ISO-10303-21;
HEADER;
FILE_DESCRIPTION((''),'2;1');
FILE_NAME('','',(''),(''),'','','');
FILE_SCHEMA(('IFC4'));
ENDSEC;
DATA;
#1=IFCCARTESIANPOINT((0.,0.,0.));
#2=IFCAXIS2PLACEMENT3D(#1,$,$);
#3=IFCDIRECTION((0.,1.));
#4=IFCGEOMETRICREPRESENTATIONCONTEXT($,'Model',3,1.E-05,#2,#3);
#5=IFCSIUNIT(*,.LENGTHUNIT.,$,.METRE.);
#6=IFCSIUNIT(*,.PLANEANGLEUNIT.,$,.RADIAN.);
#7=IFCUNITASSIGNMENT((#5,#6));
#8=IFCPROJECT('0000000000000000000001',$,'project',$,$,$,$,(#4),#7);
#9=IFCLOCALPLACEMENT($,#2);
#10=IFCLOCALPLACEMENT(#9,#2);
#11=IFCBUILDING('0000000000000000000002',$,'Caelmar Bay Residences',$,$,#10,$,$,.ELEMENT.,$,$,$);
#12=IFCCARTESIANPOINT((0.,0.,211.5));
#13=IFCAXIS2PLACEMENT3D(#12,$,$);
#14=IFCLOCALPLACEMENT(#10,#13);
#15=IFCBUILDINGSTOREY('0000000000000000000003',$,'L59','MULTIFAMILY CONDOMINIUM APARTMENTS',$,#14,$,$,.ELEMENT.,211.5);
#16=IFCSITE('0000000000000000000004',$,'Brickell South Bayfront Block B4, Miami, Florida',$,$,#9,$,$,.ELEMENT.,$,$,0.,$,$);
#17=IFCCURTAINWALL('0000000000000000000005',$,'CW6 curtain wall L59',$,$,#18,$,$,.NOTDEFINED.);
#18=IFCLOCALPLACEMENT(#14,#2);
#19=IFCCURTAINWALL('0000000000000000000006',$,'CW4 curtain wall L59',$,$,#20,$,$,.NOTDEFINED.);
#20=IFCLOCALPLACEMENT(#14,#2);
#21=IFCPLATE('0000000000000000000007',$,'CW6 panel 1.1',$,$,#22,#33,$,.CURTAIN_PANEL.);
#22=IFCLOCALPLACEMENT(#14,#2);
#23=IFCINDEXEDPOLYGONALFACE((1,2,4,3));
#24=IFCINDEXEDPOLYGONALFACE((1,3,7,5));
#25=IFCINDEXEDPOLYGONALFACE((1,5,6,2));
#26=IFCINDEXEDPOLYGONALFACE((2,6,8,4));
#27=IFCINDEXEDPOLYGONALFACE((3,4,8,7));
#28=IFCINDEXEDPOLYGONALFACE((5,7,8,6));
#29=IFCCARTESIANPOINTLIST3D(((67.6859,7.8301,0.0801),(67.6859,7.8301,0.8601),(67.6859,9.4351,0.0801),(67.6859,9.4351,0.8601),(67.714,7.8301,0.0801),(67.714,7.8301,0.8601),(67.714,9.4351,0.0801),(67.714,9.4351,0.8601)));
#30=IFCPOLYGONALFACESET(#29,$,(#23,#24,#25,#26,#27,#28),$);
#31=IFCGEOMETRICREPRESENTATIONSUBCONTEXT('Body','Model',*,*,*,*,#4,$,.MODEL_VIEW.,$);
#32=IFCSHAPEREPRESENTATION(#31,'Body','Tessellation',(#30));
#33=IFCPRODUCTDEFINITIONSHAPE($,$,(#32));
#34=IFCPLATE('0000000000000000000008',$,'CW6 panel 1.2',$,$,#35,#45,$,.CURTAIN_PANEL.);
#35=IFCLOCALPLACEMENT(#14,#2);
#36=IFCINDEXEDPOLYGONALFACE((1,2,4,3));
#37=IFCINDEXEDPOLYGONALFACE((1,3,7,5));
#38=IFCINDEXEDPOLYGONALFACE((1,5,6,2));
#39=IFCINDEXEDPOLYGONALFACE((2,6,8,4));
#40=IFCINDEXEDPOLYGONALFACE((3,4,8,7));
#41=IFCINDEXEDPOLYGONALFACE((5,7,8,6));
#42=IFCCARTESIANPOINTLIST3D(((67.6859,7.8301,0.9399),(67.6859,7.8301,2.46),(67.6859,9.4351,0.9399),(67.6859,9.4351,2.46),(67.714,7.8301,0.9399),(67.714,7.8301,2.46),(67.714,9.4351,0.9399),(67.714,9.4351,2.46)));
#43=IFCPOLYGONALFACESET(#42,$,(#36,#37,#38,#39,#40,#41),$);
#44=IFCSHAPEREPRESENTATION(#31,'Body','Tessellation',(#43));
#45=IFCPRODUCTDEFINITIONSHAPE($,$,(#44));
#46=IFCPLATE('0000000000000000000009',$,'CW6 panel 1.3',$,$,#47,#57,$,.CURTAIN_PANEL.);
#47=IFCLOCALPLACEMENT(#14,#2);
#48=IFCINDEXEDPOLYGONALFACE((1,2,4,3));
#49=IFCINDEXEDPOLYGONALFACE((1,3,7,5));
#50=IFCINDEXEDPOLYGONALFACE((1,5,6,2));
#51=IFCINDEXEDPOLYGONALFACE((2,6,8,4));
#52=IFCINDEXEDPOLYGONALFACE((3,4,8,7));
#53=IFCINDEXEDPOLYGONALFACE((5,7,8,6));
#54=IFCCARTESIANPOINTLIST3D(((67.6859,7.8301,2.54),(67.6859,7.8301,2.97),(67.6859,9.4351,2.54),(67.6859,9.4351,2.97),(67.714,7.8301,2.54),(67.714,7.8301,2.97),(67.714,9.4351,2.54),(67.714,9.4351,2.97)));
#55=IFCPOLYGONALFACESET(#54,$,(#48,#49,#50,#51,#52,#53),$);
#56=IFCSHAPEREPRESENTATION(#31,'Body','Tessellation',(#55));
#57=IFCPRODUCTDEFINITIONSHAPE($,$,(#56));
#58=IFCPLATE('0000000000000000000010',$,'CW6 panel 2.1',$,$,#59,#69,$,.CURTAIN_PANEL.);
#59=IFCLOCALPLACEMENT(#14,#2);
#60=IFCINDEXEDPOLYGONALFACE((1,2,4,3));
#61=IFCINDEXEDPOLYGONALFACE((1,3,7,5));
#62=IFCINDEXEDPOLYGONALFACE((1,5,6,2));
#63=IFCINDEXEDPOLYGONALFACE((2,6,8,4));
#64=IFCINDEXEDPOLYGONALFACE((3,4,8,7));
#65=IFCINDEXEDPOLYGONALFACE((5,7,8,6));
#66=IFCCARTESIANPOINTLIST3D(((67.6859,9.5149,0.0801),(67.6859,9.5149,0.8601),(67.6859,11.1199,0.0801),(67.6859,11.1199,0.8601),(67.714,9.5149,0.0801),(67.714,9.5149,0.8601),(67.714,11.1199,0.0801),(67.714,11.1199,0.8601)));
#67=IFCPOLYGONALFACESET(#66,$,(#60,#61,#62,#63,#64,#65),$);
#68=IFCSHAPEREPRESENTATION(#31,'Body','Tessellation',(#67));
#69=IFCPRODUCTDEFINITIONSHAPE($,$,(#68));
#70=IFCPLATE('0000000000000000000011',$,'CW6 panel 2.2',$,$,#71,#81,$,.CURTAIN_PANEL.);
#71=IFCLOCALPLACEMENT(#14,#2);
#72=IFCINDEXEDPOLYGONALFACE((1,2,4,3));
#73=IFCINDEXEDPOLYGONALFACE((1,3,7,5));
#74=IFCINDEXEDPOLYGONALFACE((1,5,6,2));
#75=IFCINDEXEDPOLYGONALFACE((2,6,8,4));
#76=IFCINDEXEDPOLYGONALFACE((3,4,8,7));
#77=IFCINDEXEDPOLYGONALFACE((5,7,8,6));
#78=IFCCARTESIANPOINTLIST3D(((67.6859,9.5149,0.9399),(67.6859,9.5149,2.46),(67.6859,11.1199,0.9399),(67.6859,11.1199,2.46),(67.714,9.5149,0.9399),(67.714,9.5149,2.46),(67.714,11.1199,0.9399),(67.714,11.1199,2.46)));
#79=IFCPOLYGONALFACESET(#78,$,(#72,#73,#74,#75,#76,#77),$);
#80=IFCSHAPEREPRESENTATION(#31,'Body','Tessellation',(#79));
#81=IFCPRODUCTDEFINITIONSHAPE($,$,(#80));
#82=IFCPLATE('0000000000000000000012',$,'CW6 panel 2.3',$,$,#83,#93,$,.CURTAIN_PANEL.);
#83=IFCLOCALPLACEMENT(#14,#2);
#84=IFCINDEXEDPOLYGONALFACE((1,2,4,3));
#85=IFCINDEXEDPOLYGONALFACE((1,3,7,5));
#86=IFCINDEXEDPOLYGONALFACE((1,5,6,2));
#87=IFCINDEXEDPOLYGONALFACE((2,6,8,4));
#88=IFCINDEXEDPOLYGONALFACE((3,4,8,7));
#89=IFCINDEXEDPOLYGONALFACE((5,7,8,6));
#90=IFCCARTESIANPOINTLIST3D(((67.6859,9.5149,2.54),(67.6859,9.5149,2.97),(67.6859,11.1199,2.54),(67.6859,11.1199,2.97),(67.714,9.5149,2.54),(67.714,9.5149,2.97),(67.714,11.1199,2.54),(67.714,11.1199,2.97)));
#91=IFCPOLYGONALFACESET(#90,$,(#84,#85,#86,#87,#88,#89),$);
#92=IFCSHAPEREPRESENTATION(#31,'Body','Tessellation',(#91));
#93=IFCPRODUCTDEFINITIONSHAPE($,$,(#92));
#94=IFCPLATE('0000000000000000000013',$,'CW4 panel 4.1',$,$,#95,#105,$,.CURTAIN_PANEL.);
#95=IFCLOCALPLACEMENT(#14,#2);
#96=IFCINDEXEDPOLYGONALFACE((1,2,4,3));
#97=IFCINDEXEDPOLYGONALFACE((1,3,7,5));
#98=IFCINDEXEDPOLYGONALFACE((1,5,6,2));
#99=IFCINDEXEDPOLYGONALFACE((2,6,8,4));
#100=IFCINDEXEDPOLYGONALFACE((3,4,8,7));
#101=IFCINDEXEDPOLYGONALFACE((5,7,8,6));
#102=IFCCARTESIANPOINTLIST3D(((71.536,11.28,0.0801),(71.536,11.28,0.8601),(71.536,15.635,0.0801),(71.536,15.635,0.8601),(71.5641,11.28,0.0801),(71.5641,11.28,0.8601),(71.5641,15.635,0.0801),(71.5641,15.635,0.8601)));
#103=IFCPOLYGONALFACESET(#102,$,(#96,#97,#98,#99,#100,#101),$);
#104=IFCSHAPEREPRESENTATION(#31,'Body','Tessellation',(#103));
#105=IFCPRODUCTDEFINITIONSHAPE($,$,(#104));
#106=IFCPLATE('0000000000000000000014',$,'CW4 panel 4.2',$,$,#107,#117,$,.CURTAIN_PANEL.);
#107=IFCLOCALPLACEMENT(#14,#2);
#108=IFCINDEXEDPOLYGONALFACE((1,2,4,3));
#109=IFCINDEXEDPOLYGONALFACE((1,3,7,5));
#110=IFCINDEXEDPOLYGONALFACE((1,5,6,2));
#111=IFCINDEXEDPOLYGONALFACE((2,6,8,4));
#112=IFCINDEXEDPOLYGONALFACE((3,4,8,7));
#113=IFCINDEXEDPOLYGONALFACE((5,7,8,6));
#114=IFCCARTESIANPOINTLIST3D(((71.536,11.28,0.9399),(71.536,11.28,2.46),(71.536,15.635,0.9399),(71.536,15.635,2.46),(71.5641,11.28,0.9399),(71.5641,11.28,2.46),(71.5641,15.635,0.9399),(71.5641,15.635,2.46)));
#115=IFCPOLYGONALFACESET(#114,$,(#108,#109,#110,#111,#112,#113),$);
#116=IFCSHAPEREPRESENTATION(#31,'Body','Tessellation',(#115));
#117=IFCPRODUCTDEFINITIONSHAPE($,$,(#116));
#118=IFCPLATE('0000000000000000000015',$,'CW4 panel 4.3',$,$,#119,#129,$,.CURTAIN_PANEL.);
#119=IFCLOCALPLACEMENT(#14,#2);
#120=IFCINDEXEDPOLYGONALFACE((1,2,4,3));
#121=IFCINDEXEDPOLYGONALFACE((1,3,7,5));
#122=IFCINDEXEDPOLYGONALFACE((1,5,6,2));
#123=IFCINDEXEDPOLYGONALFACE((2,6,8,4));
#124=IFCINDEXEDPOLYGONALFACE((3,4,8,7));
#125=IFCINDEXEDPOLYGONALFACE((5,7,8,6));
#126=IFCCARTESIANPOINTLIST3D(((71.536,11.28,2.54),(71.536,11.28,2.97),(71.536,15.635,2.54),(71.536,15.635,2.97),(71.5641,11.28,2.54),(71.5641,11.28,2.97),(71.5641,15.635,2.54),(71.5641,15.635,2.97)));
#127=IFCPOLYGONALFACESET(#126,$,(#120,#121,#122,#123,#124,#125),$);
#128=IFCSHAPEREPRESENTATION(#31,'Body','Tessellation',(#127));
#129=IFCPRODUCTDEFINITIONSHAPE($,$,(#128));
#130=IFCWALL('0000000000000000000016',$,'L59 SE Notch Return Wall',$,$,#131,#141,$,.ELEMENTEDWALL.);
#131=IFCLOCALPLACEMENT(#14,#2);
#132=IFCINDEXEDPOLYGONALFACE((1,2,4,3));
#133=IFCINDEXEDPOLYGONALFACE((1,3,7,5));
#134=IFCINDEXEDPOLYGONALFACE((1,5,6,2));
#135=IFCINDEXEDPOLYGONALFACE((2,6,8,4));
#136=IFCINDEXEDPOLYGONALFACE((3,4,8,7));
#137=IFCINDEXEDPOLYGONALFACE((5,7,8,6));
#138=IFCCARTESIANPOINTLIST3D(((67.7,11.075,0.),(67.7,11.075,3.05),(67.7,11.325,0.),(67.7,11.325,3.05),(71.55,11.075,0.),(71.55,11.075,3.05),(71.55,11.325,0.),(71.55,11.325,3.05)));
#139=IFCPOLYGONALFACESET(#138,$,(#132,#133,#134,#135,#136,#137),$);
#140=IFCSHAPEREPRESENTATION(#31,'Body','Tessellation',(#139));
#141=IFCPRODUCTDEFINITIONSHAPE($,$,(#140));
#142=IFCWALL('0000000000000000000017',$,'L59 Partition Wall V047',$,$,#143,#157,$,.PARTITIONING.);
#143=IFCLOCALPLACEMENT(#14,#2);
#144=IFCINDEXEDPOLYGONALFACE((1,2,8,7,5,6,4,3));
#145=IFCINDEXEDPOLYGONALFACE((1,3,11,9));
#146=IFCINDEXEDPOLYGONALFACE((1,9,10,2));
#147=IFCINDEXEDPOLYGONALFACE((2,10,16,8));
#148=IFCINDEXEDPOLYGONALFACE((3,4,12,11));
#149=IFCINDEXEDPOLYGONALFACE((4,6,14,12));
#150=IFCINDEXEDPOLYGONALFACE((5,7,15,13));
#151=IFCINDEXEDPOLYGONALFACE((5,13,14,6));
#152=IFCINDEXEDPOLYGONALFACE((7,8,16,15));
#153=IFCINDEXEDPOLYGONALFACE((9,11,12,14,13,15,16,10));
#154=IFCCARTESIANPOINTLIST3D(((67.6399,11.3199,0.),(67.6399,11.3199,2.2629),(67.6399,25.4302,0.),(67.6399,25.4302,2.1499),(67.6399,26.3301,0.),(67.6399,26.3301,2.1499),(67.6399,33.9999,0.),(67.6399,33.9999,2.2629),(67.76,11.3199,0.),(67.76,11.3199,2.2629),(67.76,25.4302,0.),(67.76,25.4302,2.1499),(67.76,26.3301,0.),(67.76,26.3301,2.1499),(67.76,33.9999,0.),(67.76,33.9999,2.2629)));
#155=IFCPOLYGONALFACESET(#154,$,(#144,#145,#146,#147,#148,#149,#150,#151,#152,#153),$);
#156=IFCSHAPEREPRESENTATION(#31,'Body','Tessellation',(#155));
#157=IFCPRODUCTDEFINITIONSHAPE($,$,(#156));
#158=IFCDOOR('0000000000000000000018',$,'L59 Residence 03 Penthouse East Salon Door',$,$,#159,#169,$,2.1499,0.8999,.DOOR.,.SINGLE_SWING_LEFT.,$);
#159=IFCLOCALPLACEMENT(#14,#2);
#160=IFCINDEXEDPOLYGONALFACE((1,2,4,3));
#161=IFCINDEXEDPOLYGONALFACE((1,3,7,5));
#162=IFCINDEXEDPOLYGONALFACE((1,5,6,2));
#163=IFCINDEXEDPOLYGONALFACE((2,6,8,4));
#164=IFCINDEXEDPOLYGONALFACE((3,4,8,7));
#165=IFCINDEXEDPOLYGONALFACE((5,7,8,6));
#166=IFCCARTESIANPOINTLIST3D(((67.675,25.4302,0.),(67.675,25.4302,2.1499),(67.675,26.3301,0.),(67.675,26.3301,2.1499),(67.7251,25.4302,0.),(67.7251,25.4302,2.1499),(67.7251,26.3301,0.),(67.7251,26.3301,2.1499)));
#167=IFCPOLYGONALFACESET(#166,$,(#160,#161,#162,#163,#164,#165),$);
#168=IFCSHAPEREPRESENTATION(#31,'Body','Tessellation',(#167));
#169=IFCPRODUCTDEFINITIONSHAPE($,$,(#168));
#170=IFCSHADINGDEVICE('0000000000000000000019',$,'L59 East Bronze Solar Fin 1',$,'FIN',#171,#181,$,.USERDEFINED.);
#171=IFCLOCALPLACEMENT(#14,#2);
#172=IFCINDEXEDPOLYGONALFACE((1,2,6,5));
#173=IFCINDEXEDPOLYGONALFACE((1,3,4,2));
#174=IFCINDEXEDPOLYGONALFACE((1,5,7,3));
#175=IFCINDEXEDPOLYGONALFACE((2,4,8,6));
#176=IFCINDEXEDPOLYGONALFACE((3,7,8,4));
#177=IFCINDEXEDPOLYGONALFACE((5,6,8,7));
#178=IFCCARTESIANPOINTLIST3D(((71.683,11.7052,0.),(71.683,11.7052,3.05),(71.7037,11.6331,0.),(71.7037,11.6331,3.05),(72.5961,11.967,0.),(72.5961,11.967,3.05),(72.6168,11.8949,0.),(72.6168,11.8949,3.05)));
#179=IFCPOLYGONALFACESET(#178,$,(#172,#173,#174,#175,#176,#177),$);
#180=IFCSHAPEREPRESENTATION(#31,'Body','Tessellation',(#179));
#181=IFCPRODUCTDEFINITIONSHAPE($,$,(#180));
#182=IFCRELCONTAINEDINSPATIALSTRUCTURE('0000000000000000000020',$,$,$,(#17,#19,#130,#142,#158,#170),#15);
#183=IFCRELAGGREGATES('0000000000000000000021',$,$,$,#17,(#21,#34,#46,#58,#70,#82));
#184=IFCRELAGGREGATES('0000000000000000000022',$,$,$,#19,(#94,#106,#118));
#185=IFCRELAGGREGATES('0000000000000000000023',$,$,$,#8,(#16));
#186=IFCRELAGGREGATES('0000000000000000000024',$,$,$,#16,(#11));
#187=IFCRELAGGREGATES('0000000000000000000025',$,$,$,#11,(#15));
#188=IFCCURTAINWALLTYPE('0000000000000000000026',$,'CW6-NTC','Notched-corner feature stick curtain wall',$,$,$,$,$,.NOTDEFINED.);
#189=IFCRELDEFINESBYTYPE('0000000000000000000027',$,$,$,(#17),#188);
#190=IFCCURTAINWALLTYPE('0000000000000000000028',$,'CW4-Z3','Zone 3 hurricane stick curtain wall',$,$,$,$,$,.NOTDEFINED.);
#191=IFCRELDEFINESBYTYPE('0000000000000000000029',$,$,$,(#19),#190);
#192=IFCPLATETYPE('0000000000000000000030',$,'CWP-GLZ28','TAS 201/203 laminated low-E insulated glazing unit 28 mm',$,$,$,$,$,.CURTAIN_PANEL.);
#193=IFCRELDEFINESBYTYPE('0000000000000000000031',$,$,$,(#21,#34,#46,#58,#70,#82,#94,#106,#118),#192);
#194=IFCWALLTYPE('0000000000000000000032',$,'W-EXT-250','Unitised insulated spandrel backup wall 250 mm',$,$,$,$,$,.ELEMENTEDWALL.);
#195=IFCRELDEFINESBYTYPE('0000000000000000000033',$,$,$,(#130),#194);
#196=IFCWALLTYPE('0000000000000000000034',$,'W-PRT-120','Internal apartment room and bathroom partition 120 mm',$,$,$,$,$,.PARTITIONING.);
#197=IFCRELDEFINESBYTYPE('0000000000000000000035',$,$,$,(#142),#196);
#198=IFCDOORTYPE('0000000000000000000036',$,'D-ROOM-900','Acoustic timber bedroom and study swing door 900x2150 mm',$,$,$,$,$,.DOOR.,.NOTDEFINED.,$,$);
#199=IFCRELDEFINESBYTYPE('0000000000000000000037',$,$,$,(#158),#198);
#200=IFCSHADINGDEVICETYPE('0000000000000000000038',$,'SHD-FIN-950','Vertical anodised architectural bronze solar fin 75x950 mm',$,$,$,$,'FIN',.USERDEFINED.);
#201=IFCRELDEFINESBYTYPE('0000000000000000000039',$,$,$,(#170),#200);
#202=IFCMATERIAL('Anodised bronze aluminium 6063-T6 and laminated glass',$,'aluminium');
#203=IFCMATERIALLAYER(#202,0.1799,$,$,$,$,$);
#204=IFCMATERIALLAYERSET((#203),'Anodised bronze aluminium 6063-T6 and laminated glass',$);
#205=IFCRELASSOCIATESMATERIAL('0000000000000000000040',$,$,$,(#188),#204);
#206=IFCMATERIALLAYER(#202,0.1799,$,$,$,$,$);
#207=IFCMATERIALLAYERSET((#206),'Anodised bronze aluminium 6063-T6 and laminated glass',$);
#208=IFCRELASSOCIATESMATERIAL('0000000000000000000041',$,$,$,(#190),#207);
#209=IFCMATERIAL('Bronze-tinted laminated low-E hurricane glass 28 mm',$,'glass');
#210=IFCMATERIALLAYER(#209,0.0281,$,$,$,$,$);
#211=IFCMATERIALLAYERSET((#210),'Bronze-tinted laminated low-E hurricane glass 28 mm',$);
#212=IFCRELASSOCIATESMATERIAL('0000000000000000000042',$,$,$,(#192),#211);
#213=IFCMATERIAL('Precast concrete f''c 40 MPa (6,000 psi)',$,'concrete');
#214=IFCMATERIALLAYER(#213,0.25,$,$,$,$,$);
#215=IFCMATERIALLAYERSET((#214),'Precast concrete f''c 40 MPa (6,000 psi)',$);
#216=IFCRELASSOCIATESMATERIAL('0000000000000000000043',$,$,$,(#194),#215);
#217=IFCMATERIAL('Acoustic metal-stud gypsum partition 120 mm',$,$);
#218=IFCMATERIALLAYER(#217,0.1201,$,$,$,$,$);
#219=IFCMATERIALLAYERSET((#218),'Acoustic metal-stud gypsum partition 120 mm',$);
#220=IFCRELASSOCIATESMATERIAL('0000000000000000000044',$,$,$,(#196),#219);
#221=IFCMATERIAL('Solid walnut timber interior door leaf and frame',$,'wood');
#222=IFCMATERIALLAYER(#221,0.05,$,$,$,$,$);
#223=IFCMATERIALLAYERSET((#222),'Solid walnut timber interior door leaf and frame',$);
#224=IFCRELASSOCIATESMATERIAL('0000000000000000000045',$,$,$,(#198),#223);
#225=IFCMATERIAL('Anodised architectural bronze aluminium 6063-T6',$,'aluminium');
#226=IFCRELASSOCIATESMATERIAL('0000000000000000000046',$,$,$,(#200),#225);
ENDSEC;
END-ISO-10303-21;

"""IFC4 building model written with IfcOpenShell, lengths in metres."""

from ifc_helpers import new_model, si_unit, direction, frame, frame_2d, origin, origin_2d, place, context, subcontext, project, spatial, rectangle, extrude, material, layer, layer_set, material_profile, profile_set, type_object, element, fill, aggregate, save


model = new_model("IFC4")

# Units and contexts
model_context = context("Model", 3, precision=1e-05, world=origin(), true_north=direction((0.0, 1.0)))
body_context = subcontext(model_context, "Body", "Model", "MODEL_VIEW")
ifc_project = project(units=[si_unit("LENGTHUNIT", "METRE"), si_unit("PLANEANGLEUNIT", "RADIAN")], contexts=[model_context])

# Site, building, storey
site_placement = place(None, origin())
site = spatial("IfcSite", under=ifc_project, at=site_placement, Name="Brickell South Bayfront Block B4, Miami, Florida", CompositionType="ELEMENT", RefElevation=0.0)
building_placement = place(site_placement, origin())
building = spatial("IfcBuilding", under=site, at=building_placement, Name="Caelmar Bay Residences", CompositionType="ELEMENT")
storey_placement = place(building_placement, frame((0.0, 0.0, 211.5)))
storey = spatial("IfcBuildingStorey", under=building, at=storey_placement, Name="L59", Description="MULTIFAMILY CONDOMINIUM APARTMENTS", CompositionType="ELEMENT", Elevation=211.5)

# Curtain wall
ifc_material_1 = material(Name="Anodised bronze aluminium 6063-T6 and laminated glass", Category="aluminium")
ifc_layer_1 = layer(ifc_material_1, 0.1799)
ifc_layer_set_1 = layer_set([ifc_layer_1], Name="Anodised bronze aluminium 6063-T6 and laminated glass")
curtain_wall_type_1 = type_object("IfcCurtainWallType", Name="CW6-NTC", Description="Notched-corner feature stick curtain wall", PredefinedType="NOTDEFINED", material=ifc_layer_set_1)
curtain_wall_1_placement = place(storey_placement, origin())
curtain_wall_1 = element("IfcCurtainWall", 1, at=curtain_wall_1_placement, inside=storey, type_object=curtain_wall_type_1, Name="CW6 curtain wall L59", PredefinedType="NOTDEFINED")

# Curtain wall
ifc_layer_2 = layer(ifc_material_1, 0.1799)
ifc_layer_set_2 = layer_set([ifc_layer_2], Name="Anodised bronze aluminium 6063-T6 and laminated glass")
curtain_wall_type_2 = type_object("IfcCurtainWallType", Name="CW4-Z3", Description="Zone 3 hurricane stick curtain wall", PredefinedType="NOTDEFINED", material=ifc_layer_set_2)
curtain_wall_2_placement = place(storey_placement, origin())
curtain_wall_2 = element("IfcCurtainWall", 2, at=curtain_wall_2_placement, inside=storey, type_object=curtain_wall_type_2, Name="CW4 curtain wall L59", PredefinedType="NOTDEFINED")

# Plates
ifc_material_2 = material(Name="Bronze-tinted laminated low-E hurricane glass 28 mm", Category="glass")
ifc_layer_3 = layer(ifc_material_2, 0.0281)
ifc_layer_set_3 = layer_set([ifc_layer_3], Name="Bronze-tinted laminated low-E hurricane glass 28 mm")
plate_type = type_object("IfcPlateType", Name="CWP-GLZ28", Description="TAS 201/203 laminated low-E insulated glazing unit 28 mm", PredefinedType="CURTAIN_PANEL", material=ifc_layer_set_3)
plate_1_placement = place(storey_placement, frame((67.7, 8.6326, 0.0801), z_axis=(0.0, 0.0, 1.0), x_axis=(0.0, 1.0, 0.0)))
plate_1 = element("IfcPlate", 3, at=plate_1_placement, type_object=plate_type, Name="CW6 panel 1.1", PredefinedType="CURTAIN_PANEL", context=body_context, shape_type="SweptSolid", body=[
    extrude(rectangle(XDim=1.605, YDim=0.0281, at=origin_2d()), origin(), (0.0, 0.0, 1.0), 0.78),
])
plate_2_placement = place(storey_placement, frame((67.7, 8.6326, 0.9399), z_axis=(0.0, 0.0, 1.0), x_axis=(0.0, 1.0, 0.0)))
plate_2 = element("IfcPlate", 4, at=plate_2_placement, type_object=plate_type, Name="CW6 panel 1.2", PredefinedType="CURTAIN_PANEL", context=body_context, shape_type="SweptSolid", body=[
    extrude(rectangle(XDim=1.605, YDim=0.0281, at=origin_2d()), origin(), (0.0, 0.0, 1.0), 1.52),
])
plate_3_placement = place(storey_placement, frame((67.7, 8.6326, 2.54), z_axis=(0.0, 0.0, 1.0), x_axis=(0.0, 1.0, 0.0)))
plate_3 = element("IfcPlate", 5, at=plate_3_placement, type_object=plate_type, Name="CW6 panel 1.3", PredefinedType="CURTAIN_PANEL", context=body_context, shape_type="SweptSolid", body=[
    extrude(rectangle(XDim=1.605, YDim=0.0281, at=origin_2d()), origin(), (0.0, 0.0, 1.0), 0.4299),
])
plate_4_placement = place(storey_placement, frame((67.7, 10.3174, 0.0801), z_axis=(0.0, 0.0, 1.0), x_axis=(0.0, 1.0, 0.0)))
plate_4 = element("IfcPlate", 6, at=plate_4_placement, type_object=plate_type, Name="CW6 panel 2.1", PredefinedType="CURTAIN_PANEL", context=body_context, shape_type="SweptSolid", body=[
    extrude(rectangle(XDim=1.605, YDim=0.0281, at=origin_2d()), origin(), (0.0, 0.0, 1.0), 0.78),
])
plate_5_placement = place(storey_placement, frame((67.7, 10.3174, 0.9399), z_axis=(0.0, 0.0, 1.0), x_axis=(0.0, 1.0, 0.0)))
plate_5 = element("IfcPlate", 7, at=plate_5_placement, type_object=plate_type, Name="CW6 panel 2.2", PredefinedType="CURTAIN_PANEL", context=body_context, shape_type="SweptSolid", body=[
    extrude(rectangle(XDim=1.605, YDim=0.0281, at=origin_2d()), origin(), (0.0, 0.0, 1.0), 1.52),
])
plate_6_placement = place(storey_placement, frame((67.7, 10.3174, 2.54), z_axis=(0.0, 0.0, 1.0), x_axis=(0.0, 1.0, 0.0)))
plate_6 = element("IfcPlate", 8, at=plate_6_placement, type_object=plate_type, Name="CW6 panel 2.3", PredefinedType="CURTAIN_PANEL", context=body_context, shape_type="SweptSolid", body=[
    extrude(rectangle(XDim=1.605, YDim=0.0281, at=origin_2d()), origin(), (0.0, 0.0, 1.0), 0.4299),
])
aggregate(curtain_wall_1, [plate_1, plate_2, plate_3, plate_4, plate_5, plate_6])
plate_7_placement = place(storey_placement, frame((71.55, 13.4575, 0.0801), z_axis=(0.0, 0.0, 1.0), x_axis=(0.0, -1.0, 0.0)))
plate_7 = element("IfcPlate", 9, at=plate_7_placement, type_object=plate_type, Name="CW4 panel 4.1", PredefinedType="CURTAIN_PANEL", context=body_context, shape_type="SweptSolid", body=[
    extrude(rectangle(XDim=4.355, YDim=0.0281, at=origin_2d()), origin(), (0.0, 0.0, 1.0), 0.78),
])
plate_8_placement = place(storey_placement, frame((71.55, 13.4575, 0.9399), z_axis=(0.0, 0.0, 1.0), x_axis=(0.0, -1.0, 0.0)))
plate_8 = element("IfcPlate", 10, at=plate_8_placement, type_object=plate_type, Name="CW4 panel 4.2", PredefinedType="CURTAIN_PANEL", context=body_context, shape_type="SweptSolid", body=[
    extrude(rectangle(XDim=4.355, YDim=0.0281, at=origin_2d()), origin(), (0.0, 0.0, 1.0), 1.52),
])
plate_9_placement = place(storey_placement, frame((71.55, 13.4575, 2.54), z_axis=(0.0, 0.0, 1.0), x_axis=(0.0, -1.0, 0.0)))
plate_9 = element("IfcPlate", 11, at=plate_9_placement, type_object=plate_type, Name="CW4 panel 4.3", PredefinedType="CURTAIN_PANEL", context=body_context, shape_type="SweptSolid", body=[
    extrude(rectangle(XDim=4.355, YDim=0.0281, at=origin_2d()), origin(), (0.0, 0.0, 1.0), 0.4299),
])
aggregate(curtain_wall_2, [plate_7, plate_8, plate_9])

# Wall
ifc_material_3 = material(Name="Precast concrete f'c 40 MPa (6,000 psi)", Category="concrete")
ifc_layer_4 = layer(ifc_material_3, 0.25)
ifc_layer_set_4 = layer_set([ifc_layer_4], Name="Precast concrete f'c 40 MPa (6,000 psi)")
wall_type_1 = type_object("IfcWallType", Name="W-EXT-250", Description="Unitised insulated spandrel backup wall 250 mm", PredefinedType="ELEMENTEDWALL", material=ifc_layer_set_4)
wall_1_placement = place(storey_placement, frame((67.7, 11.2, 0.0), z_axis=(0.0, 0.0, 1.0), x_axis=(1.0, 0.0, 0.0)))
element("IfcWall", 12, at=wall_1_placement, inside=storey, type_object=wall_type_1, Name="L59 SE Notch Return Wall", PredefinedType="ELEMENTEDWALL", context=body_context, shape_type="SweptSolid", body=[
    extrude(rectangle(XDim=3.8501, YDim=0.25, at=frame_2d((1.925, 0.0))), origin(), (0.0, 0.0, 1.0), 3.05),
])

# Wall, opening, door
ifc_material_4 = material(Name="Acoustic metal-stud gypsum partition 120 mm")
ifc_layer_5 = layer(ifc_material_4, 0.1201)
ifc_layer_set_5 = layer_set([ifc_layer_5], Name="Acoustic metal-stud gypsum partition 120 mm")
wall_type_2 = type_object("IfcWallType", Name="W-PRT-120", Description="Internal apartment room and bathroom partition 120 mm", PredefinedType="PARTITIONING", material=ifc_layer_set_5)
wall_2_placement = place(storey_placement, frame((67.7, 11.3201, 0.0), z_axis=(0.0, 0.0, 1.0), x_axis=(0.0, 1.0, 0.0)))
wall_2 = element("IfcWall", 13, at=wall_2_placement, inside=storey, type_object=wall_type_2, Name="L59 Partition Wall V047", PredefinedType="PARTITIONING", context=body_context, shape_type="SweptSolid", body=[
    extrude(rectangle(XDim=22.6799, YDim=0.1201, at=frame_2d((11.3398, 0.0))), origin(), (0.0, 0.0, 1.0), 2.2629),
])
opening_placement = place(wall_2_placement, frame((14.1101, 0.0, 0.0)))
opening = element("IfcOpeningElement", 14, at=opening_placement, cuts=wall_2, PredefinedType="OPENING", context=body_context, shape_type="SweptSolid", body=[
    extrude(rectangle(XDim=0.8999, YDim=2.1499, at=frame_2d((0.45, 1.075))), frame((0.0, 0.0701, 0.0), z_axis=(0.0, -1.0, 0.0), x_axis=(1.0, 0.0, 0.0)), (0.0, 0.0, 1.0), 0.1401),
])
ifc_material_5 = material(Name="Solid walnut timber interior door leaf and frame", Category="wood")
ifc_layer_6 = layer(ifc_material_5, 0.05)
ifc_layer_set_6 = layer_set([ifc_layer_6], Name="Solid walnut timber interior door leaf and frame")
door_type = type_object("IfcDoorType", Name="D-ROOM-900", Description="Acoustic timber bedroom and study swing door 900x2150 mm", OperationType="NOTDEFINED", PredefinedType="DOOR", material=ifc_layer_set_6)
door_placement = place(opening_placement, origin())
door = element("IfcDoor", 15, at=door_placement, inside=storey, type_object=door_type, Name="L59 Residence 03 Penthouse East Salon Door", OperationType="SINGLE_SWING_LEFT", OverallHeight=2.1499, OverallWidth=0.8999, PredefinedType="DOOR", context=body_context, shape_type="SweptSolid", body=[
    extrude(rectangle(XDim=0.8999, YDim=2.1499, at=frame_2d((0.45, 1.075))), frame((0.0, 0.0249, 0.0), z_axis=(0.0, -1.0, 0.0), x_axis=(1.0, 0.0, 0.0)), (0.0, 0.0, 1.0), 0.05),
])
fill(opening, door)

# Shading device
ifc_material_6 = material(Name="Anodised architectural bronze aluminium 6063-T6", Category="aluminium")
ifc_material_profile_1 = material_profile(ifc_material_6, rectangle(XDim=0.075, YDim=0.95, at=origin_2d()), Name="BRONZE-FIN-75X950")
ifc_profile_set_1 = profile_set([ifc_material_profile_1], Name="Anodised architectural bronze aluminium 6063-T6")
shading_device_type = type_object("IfcShadingDeviceType", Name="SHD-FIN-950", Description="Vertical anodised architectural bronze solar fin 75x950 mm", ElementType="FIN", PredefinedType="USERDEFINED", material=ifc_profile_set_1)
shading_device_placement = place(storey_placement, frame((72.1499, 11.8, 0.0), z_axis=(0.0, 0.0, 1.0), x_axis=(-0.275637, 0.961262, 0.0)))
element("IfcShadingDevice", 16, at=shading_device_placement, inside=storey, type_object=shading_device_type, Name="L59 East Bronze Solar Fin 1", ObjectType="FIN", PredefinedType="USERDEFINED", context=body_context, shape_type="SweptSolid", body=[
    extrude(rectangle(XDim=0.075, YDim=0.95, at=origin_2d()), origin(), (0.0, 0.0, 1.0), 3.05),
])

save(model, "model.ifc")
